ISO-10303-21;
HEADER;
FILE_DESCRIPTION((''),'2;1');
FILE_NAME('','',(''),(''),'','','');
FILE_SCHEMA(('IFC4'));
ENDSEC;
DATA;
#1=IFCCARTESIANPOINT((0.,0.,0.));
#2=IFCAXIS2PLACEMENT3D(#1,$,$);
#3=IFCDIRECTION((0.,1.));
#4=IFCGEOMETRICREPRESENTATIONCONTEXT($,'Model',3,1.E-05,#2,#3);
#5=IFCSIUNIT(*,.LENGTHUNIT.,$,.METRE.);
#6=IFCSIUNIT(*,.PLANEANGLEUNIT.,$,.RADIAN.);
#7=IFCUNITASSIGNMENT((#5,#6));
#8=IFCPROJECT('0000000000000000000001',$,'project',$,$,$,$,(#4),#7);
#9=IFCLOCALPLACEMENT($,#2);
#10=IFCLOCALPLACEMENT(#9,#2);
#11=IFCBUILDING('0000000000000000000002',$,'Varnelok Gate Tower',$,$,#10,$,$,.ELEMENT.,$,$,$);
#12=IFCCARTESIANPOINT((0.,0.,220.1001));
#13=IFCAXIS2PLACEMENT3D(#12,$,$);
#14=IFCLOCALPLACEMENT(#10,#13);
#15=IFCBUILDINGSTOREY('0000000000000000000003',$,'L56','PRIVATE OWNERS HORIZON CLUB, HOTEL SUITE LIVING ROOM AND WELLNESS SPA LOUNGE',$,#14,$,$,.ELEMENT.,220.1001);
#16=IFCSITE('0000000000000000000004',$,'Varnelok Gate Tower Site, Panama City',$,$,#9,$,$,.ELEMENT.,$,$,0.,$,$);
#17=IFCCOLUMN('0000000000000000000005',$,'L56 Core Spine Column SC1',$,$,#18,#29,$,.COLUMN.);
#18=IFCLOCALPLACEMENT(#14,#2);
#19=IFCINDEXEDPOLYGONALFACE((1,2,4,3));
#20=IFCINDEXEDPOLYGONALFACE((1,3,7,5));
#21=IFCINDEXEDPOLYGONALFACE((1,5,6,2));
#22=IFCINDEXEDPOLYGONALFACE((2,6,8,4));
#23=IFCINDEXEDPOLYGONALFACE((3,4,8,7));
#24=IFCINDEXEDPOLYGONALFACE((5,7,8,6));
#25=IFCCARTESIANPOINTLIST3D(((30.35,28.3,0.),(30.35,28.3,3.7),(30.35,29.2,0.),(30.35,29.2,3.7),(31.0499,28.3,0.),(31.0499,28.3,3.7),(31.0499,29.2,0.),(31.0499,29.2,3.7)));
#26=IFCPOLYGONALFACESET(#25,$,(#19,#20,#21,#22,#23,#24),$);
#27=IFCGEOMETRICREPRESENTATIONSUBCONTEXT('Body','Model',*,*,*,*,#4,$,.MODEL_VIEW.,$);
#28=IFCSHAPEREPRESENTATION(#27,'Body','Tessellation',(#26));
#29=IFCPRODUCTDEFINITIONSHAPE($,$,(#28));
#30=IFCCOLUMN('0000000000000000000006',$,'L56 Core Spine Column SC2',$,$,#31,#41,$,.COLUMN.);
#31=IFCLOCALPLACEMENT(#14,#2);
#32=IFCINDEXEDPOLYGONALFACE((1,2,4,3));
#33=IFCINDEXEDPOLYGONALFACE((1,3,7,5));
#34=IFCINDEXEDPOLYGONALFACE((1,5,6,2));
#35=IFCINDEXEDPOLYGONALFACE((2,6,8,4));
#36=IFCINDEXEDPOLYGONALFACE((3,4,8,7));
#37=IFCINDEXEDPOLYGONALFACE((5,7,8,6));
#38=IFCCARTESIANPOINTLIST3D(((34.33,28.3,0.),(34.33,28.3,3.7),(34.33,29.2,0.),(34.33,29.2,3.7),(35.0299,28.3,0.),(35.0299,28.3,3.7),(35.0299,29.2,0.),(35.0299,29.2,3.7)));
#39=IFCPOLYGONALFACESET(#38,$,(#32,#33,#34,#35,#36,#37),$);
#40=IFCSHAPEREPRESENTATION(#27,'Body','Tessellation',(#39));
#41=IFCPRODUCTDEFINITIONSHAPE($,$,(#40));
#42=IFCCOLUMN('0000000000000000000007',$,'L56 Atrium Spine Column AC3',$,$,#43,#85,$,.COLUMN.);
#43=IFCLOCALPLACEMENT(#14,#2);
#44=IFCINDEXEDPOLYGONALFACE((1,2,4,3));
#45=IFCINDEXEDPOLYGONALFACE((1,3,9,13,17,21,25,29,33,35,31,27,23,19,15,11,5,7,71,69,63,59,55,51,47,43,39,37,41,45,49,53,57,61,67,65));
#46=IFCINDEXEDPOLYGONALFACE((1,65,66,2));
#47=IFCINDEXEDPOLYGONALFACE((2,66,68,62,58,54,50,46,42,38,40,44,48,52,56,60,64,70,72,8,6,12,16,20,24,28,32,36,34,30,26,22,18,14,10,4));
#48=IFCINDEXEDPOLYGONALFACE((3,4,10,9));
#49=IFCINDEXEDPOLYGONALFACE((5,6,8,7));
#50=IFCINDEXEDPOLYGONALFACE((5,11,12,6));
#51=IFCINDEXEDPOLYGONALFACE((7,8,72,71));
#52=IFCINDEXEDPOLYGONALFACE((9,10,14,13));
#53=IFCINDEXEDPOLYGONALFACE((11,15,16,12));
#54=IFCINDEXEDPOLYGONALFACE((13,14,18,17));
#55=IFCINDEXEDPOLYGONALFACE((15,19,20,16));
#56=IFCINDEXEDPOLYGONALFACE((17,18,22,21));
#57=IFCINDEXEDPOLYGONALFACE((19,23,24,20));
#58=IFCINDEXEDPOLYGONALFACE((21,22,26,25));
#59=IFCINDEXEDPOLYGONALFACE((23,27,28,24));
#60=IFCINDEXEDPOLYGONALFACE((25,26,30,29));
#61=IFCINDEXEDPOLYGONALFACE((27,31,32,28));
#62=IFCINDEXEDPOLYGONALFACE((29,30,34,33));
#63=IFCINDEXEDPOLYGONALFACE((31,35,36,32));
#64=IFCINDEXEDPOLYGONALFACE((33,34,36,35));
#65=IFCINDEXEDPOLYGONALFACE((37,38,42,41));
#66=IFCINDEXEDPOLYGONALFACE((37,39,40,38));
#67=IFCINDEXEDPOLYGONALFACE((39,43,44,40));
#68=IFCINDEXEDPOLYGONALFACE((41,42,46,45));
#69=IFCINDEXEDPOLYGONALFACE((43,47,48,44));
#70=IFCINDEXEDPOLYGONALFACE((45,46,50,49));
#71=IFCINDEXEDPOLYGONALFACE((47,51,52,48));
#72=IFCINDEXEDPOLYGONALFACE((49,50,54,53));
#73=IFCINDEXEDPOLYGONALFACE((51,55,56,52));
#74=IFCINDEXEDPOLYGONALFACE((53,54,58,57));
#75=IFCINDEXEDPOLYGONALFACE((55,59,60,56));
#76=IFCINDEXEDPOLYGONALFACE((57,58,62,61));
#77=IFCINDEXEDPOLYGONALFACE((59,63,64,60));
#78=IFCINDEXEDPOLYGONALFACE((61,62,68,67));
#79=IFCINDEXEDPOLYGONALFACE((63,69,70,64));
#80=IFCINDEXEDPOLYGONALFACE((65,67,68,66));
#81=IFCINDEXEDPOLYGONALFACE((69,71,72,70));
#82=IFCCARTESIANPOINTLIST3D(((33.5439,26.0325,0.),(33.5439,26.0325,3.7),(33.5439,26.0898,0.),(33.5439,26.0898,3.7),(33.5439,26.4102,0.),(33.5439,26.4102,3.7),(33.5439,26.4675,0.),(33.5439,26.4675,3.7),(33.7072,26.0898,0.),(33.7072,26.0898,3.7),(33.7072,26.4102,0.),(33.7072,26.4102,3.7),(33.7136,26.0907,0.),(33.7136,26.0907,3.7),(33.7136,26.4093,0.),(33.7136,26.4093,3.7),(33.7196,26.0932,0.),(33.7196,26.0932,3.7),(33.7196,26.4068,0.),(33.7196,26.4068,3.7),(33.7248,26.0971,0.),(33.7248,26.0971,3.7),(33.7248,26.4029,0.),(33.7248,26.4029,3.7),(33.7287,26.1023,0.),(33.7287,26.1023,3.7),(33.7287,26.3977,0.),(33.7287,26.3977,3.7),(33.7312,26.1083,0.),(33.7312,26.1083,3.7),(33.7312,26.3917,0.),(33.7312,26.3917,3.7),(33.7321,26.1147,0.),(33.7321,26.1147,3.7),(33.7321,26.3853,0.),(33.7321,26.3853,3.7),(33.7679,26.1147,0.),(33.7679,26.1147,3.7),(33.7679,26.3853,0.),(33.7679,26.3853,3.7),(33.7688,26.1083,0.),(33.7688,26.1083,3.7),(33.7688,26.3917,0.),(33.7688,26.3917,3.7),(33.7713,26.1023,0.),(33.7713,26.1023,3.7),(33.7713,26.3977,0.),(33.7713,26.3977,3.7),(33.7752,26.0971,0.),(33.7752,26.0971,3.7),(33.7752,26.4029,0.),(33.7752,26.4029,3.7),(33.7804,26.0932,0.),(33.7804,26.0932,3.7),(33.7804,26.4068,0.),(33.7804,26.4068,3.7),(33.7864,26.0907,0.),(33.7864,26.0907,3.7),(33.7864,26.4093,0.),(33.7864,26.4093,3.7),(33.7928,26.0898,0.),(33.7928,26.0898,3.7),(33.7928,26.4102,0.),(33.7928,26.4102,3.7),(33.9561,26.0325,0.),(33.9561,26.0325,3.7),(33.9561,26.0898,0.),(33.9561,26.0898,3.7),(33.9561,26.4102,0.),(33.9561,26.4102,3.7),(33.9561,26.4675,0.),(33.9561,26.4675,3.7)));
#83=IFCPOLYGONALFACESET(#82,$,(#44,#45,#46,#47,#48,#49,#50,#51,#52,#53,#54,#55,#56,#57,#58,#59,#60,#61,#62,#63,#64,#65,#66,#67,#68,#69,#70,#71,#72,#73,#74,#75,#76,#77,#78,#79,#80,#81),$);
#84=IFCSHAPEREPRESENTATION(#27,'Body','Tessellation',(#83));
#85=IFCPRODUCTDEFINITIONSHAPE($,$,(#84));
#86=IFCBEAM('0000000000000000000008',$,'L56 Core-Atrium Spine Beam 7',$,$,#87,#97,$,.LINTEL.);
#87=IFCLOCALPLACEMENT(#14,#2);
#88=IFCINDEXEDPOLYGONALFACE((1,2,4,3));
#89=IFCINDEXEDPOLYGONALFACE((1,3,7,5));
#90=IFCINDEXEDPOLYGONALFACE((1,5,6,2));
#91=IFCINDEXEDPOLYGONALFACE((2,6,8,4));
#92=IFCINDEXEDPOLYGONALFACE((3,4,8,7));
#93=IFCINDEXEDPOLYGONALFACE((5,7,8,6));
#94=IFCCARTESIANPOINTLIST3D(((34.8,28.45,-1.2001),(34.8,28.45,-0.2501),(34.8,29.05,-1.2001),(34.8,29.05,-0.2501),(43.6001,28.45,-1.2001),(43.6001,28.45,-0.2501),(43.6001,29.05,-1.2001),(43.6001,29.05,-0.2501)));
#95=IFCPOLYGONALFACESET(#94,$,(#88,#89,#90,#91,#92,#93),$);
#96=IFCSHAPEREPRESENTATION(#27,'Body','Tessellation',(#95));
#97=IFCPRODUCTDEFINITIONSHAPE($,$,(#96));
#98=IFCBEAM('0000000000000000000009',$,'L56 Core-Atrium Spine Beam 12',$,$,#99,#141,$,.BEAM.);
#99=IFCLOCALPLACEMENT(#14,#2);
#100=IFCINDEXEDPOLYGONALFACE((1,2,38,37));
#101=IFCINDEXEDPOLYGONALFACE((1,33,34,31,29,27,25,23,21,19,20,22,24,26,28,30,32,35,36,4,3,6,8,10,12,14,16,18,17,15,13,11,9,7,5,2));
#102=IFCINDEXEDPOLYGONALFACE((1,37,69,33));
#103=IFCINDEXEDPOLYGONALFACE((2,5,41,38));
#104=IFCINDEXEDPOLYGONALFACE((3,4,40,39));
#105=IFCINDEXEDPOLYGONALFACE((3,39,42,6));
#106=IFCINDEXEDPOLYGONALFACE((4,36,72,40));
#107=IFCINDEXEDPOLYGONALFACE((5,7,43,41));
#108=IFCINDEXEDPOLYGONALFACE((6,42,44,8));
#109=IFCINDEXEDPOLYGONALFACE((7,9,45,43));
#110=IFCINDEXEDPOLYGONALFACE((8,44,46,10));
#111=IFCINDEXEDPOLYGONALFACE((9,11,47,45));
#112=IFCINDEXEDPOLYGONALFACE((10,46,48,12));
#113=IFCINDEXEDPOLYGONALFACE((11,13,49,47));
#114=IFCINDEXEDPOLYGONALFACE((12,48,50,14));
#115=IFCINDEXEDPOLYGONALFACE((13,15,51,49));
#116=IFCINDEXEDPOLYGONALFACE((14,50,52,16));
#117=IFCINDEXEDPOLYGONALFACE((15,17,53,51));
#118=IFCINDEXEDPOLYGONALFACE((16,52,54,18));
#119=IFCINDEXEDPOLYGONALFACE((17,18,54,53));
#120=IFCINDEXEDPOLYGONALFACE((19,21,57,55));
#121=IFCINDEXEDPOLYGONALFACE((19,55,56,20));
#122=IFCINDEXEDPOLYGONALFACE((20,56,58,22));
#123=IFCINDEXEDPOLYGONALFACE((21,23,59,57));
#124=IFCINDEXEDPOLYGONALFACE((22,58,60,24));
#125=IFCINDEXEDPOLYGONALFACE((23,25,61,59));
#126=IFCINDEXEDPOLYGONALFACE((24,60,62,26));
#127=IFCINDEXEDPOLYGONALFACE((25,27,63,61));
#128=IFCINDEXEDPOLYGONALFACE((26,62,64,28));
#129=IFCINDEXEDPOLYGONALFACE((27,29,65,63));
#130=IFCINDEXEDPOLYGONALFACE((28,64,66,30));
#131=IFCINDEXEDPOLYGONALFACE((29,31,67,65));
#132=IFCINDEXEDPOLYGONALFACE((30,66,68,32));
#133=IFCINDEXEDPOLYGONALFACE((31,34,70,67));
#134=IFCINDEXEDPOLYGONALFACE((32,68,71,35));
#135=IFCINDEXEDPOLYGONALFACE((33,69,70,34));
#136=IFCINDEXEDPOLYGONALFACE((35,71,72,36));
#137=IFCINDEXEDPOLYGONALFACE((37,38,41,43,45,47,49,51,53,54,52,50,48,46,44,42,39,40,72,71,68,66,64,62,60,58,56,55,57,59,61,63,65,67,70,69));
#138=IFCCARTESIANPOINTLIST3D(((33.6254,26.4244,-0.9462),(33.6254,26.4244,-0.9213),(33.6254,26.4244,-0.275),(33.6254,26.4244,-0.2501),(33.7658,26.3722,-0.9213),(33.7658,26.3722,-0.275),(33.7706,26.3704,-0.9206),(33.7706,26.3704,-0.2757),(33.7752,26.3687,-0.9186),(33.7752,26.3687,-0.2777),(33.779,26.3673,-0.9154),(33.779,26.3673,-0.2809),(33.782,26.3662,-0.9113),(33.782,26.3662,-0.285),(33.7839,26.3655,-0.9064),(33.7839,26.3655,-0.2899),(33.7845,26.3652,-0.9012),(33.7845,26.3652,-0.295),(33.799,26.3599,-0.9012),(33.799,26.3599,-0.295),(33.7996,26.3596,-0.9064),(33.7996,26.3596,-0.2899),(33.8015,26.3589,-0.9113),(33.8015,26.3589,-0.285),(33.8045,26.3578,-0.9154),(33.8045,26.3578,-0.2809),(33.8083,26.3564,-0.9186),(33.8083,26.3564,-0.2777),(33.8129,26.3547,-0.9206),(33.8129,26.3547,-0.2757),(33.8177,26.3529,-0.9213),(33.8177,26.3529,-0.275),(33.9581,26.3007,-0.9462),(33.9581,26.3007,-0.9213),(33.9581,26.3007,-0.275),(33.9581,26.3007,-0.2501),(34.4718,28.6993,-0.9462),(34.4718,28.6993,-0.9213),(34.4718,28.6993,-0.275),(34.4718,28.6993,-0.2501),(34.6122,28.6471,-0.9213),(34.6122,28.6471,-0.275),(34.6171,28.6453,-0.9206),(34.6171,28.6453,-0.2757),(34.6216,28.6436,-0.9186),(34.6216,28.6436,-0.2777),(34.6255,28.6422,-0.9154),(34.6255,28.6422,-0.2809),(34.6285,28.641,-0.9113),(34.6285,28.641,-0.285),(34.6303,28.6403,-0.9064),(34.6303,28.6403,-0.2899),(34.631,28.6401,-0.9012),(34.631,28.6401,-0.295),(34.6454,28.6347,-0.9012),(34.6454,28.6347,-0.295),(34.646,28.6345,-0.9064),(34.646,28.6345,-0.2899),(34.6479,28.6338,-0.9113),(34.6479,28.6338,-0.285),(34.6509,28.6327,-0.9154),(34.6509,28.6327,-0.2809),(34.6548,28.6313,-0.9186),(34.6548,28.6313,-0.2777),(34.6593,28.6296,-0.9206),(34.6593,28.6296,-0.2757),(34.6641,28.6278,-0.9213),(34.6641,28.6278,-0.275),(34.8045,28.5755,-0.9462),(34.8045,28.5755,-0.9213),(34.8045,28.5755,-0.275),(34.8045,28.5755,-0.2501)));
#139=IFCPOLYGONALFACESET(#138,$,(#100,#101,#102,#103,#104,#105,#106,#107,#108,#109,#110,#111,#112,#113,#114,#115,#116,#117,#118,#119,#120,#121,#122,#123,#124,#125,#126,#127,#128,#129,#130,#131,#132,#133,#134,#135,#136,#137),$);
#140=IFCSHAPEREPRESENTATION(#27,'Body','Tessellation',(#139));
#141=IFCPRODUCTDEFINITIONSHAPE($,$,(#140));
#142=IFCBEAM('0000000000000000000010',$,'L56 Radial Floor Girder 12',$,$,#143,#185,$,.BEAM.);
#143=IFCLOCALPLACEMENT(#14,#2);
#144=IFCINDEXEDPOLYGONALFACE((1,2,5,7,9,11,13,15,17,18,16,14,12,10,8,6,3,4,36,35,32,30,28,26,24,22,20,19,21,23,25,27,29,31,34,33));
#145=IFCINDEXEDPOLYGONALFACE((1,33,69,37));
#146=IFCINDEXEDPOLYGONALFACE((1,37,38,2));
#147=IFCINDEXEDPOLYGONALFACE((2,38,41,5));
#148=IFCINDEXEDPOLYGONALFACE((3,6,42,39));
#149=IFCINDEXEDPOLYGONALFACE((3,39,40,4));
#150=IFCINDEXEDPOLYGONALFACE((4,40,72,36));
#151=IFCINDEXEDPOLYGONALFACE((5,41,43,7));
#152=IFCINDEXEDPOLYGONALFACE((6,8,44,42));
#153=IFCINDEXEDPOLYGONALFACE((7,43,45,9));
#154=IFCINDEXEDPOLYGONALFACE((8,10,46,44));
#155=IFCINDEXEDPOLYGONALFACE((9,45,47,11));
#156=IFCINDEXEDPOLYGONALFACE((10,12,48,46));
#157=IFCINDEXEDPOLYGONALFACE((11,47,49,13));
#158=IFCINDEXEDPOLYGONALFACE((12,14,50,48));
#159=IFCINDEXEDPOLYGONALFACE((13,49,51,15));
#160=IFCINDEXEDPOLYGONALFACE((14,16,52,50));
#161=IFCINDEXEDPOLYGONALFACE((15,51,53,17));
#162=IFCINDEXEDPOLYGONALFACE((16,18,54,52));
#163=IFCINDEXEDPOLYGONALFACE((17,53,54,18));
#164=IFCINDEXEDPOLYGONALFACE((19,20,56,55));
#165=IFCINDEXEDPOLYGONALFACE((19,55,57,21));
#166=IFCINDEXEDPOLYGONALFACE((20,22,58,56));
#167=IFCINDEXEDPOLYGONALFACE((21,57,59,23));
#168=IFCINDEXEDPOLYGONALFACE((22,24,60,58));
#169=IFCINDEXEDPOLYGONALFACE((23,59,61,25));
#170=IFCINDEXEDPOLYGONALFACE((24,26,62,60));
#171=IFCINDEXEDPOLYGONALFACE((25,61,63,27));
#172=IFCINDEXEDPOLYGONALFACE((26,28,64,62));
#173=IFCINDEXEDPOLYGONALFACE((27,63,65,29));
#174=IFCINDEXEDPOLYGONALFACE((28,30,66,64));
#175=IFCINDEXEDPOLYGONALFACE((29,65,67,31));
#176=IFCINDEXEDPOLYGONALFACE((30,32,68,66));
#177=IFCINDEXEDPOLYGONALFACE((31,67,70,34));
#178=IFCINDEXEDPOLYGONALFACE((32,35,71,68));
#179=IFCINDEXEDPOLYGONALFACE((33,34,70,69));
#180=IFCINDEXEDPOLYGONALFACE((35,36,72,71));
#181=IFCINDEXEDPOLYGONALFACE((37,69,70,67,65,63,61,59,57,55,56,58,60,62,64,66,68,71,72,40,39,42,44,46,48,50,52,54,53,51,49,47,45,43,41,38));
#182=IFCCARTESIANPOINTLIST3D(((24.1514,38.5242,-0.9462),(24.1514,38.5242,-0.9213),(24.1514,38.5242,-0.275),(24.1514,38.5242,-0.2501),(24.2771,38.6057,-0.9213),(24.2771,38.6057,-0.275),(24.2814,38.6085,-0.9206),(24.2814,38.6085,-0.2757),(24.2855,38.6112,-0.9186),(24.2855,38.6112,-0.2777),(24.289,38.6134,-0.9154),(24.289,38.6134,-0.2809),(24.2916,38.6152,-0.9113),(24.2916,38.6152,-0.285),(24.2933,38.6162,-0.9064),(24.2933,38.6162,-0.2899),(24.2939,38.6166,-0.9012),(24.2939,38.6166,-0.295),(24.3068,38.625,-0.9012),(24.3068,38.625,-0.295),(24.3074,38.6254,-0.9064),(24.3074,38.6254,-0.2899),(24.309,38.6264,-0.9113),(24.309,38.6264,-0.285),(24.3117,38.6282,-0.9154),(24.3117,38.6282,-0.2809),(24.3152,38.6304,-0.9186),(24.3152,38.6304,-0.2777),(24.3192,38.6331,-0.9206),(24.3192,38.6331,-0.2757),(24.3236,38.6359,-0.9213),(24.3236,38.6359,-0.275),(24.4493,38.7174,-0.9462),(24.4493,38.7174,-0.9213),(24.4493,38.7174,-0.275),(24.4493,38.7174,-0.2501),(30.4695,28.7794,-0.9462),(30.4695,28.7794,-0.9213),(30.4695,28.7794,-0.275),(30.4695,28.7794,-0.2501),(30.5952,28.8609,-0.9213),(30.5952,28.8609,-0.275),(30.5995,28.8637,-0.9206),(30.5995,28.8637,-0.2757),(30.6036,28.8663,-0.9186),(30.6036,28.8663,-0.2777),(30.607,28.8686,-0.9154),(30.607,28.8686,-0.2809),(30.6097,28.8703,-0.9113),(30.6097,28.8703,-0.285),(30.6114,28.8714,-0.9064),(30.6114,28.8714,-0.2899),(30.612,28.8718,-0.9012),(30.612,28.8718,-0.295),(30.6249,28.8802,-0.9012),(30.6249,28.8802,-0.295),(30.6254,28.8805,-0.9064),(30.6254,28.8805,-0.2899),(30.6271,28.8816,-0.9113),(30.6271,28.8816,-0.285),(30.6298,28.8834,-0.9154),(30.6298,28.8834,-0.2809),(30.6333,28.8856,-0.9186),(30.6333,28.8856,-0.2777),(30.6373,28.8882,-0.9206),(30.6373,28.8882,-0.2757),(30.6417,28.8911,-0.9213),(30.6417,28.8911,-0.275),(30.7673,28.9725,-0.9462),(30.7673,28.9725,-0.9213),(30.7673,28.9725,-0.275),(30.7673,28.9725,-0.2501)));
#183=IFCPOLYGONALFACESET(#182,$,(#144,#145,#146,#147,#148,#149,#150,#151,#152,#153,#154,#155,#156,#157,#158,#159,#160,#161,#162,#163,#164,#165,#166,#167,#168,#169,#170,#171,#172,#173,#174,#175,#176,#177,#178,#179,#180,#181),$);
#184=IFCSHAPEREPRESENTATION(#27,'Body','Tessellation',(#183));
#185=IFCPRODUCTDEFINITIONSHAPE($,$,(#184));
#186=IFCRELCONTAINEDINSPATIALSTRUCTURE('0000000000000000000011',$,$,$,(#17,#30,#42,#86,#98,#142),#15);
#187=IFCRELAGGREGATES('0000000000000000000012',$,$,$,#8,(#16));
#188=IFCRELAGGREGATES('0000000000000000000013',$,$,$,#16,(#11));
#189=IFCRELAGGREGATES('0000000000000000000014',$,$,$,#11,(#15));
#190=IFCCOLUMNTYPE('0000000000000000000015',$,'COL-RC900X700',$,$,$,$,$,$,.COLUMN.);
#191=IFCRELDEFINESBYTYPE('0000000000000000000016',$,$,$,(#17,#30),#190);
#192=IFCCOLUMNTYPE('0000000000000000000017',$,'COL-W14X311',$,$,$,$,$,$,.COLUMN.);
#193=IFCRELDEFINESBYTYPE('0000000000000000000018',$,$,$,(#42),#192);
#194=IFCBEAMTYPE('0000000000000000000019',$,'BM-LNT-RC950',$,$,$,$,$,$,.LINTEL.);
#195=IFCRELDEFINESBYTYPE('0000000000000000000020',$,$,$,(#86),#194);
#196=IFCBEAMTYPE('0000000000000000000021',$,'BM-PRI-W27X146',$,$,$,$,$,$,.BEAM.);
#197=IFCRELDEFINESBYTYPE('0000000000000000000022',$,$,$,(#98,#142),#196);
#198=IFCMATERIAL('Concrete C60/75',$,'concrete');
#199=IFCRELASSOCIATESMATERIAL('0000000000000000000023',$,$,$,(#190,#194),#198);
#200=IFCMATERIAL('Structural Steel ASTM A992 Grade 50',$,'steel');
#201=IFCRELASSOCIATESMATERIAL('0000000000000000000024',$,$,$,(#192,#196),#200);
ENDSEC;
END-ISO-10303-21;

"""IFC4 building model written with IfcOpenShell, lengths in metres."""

from ifc_helpers import new_model, si_unit, direction, frame, origin, origin_2d, place, context, subcontext, project, spatial, rectangle, i_section, extrude, material, material_profile, profile_set, type_object, element, save


model = new_model("IFC4")

# Units and contexts
model_context = context("Model", 3, precision=1e-05, world=origin(), true_north=direction((0.0, 1.0)))
body_context = subcontext(model_context, "Body", "Model", "MODEL_VIEW")
ifc_project = project(units=[si_unit("LENGTHUNIT", "METRE"), si_unit("PLANEANGLEUNIT", "RADIAN")], contexts=[model_context])

# Site, building, storey
site_placement = place(None, origin())
site = spatial("IfcSite", under=ifc_project, at=site_placement, Name="Varnelok Gate Tower Site, Panama City", CompositionType="ELEMENT", RefElevation=0.0)
building_placement = place(site_placement, origin())
building = spatial("IfcBuilding", under=site, at=building_placement, Name="Varnelok Gate Tower", CompositionType="ELEMENT")
storey_placement = place(building_placement, frame((0.0, 0.0, 220.1001)))
storey = spatial("IfcBuildingStorey", under=building, at=storey_placement, Name="L56", Description="PRIVATE OWNERS HORIZON CLUB, HOTEL SUITE LIVING ROOM AND WELLNESS SPA LOUNGE", CompositionType="ELEMENT", Elevation=220.1001)

# Columns
ifc_material_1 = material(Name="Concrete C60/75", Category="concrete")
ifc_material_profile_1 = material_profile(ifc_material_1, rectangle(XDim=0.7, YDim=0.8999, at=origin_2d()), Name="RC900X700")
ifc_profile_set_1 = profile_set([ifc_material_profile_1], Name="Concrete C60/75")
column_type_1 = type_object("IfcColumnType", Name="COL-RC900X700", PredefinedType="COLUMN", material=ifc_profile_set_1)
for number, where, z_axis, x_axis, name in (
    (1, (30.7, 28.75, 0.0), (0.0, 0.0, 1.0), (1.0, 0.0, 0.0), "L56 Core Spine Column SC1"),
    (2, (34.6799, 28.75, 0.0), (0.0, 0.0, 1.0), (1.0, 0.0, 0.0), "L56 Core Spine Column SC2"),
):
    element("IfcColumn", number, at=place(storey_placement, frame(where, z_axis=z_axis, x_axis=x_axis)), inside=storey, type_object=column_type_1, Name=name, PredefinedType="COLUMN", context=body_context, shape_type="SweptSolid", body=[
        extrude(rectangle(XDim=0.7, YDim=0.8999, at=origin_2d()), origin(), (0.0, 0.0, 1.0), 3.7),
    ])
ifc_material_2 = material(Name="Structural Steel ASTM A992 Grade 50", Category="steel")
ifc_material_profile_2 = material_profile(ifc_material_2, i_section(OverallWidth=0.4121, OverallDepth=0.4351, WebThickness=0.0359, FlangeThickness=0.0574, FilletRadius=0.0249, at=origin_2d()), Name="W14X311")
ifc_profile_set_2 = profile_set([ifc_material_profile_2], Name="Structural Steel ASTM A992 Grade 50")
column_type_2 = type_object("IfcColumnType", Name="COL-W14X311", PredefinedType="COLUMN", material=ifc_profile_set_2)
column_placement = place(storey_placement, frame((33.75, 26.25, 0.0), z_axis=(0.0, 0.0, 1.0), x_axis=(1.0, 0.0, 0.0)))
element("IfcColumn", 3, at=column_placement, inside=storey, type_object=column_type_2, Name="L56 Atrium Spine Column AC3", PredefinedType="COLUMN", context=body_context, shape_type="SweptSolid", body=[
    extrude(i_section(OverallWidth=0.4121, OverallDepth=0.4351, WebThickness=0.0359, FlangeThickness=0.0574, FilletRadius=0.0249, at=origin_2d()), origin(), (0.0, 0.0, 1.0), 3.7),
])

# Beams
ifc_material_profile_3 = material_profile(ifc_material_1, rectangle(XDim=0.6001, YDim=0.95, at=origin_2d()), Name="RC950X600")
ifc_profile_set_3 = profile_set([ifc_material_profile_3], Name="Concrete C60/75")
beam_type_1 = type_object("IfcBeamType", Name="BM-LNT-RC950", PredefinedType="LINTEL", material=ifc_profile_set_3)
beam_1_placement = place(storey_placement, frame((34.8, 28.75, -0.7251), z_axis=(1.0, 0.0, 0.0), x_axis=(0.0, 1.0, 0.0)))
element("IfcBeam", 4, at=beam_1_placement, inside=storey, type_object=beam_type_1, Name="L56 Core-Atrium Spine Beam 7", PredefinedType="LINTEL", context=body_context, shape_type="SweptSolid", body=[
    extrude(rectangle(XDim=0.6001, YDim=0.95, at=origin_2d()), origin(), (0.0, 0.0, 1.0), 8.8),
])
ifc_material_profile_4 = material_profile(ifc_material_2, i_section(OverallWidth=0.355, OverallDepth=0.696, WebThickness=0.0154, FlangeThickness=0.0249, FilletRadius=0.02, at=origin_2d()), Name="W27X146")
ifc_profile_set_4 = profile_set([ifc_material_profile_4], Name="Structural Steel ASTM A992 Grade 50")
beam_type_2 = type_object("IfcBeamType", Name="BM-PRI-W27X146", PredefinedType="BEAM", material=ifc_profile_set_4)
beam_2_placement = place(storey_placement, frame((33.7917, 26.3625, -0.5981), z_axis=(0.348719, 0.937227, 0.0), x_axis=(-0.937227, 0.348719, 0.0)))
element("IfcBeam", 5, at=beam_2_placement, inside=storey, type_object=beam_type_2, Name="L56 Core-Atrium Spine Beam 12", PredefinedType="BEAM", context=body_context, shape_type="SweptSolid", body=[
    extrude(i_section(OverallWidth=0.355, OverallDepth=0.696, WebThickness=0.0154, FlangeThickness=0.0249, FilletRadius=0.02, at=origin_2d()), origin(), (0.0, 0.0, 1.0), 2.4272),
])
beam_3_placement = place(storey_placement, frame((30.6184, 28.876, -0.5981), z_axis=(-0.544016, 0.839075, 0.0), x_axis=(-0.839075, -0.544016, 0.0)))
element("IfcBeam", 6, at=beam_3_placement, inside=storey, type_object=beam_type_2, Name="L56 Radial Floor Girder 12", PredefinedType="BEAM", context=body_context, shape_type="SweptSolid", body=[
    extrude(i_section(OverallWidth=0.355, OverallDepth=0.696, WebThickness=0.0154, FlangeThickness=0.0249, FilletRadius=0.02, at=origin_2d()), origin(), (0.0, 0.0, 1.0), 11.6138),
])

save(model, "model.ifc")
